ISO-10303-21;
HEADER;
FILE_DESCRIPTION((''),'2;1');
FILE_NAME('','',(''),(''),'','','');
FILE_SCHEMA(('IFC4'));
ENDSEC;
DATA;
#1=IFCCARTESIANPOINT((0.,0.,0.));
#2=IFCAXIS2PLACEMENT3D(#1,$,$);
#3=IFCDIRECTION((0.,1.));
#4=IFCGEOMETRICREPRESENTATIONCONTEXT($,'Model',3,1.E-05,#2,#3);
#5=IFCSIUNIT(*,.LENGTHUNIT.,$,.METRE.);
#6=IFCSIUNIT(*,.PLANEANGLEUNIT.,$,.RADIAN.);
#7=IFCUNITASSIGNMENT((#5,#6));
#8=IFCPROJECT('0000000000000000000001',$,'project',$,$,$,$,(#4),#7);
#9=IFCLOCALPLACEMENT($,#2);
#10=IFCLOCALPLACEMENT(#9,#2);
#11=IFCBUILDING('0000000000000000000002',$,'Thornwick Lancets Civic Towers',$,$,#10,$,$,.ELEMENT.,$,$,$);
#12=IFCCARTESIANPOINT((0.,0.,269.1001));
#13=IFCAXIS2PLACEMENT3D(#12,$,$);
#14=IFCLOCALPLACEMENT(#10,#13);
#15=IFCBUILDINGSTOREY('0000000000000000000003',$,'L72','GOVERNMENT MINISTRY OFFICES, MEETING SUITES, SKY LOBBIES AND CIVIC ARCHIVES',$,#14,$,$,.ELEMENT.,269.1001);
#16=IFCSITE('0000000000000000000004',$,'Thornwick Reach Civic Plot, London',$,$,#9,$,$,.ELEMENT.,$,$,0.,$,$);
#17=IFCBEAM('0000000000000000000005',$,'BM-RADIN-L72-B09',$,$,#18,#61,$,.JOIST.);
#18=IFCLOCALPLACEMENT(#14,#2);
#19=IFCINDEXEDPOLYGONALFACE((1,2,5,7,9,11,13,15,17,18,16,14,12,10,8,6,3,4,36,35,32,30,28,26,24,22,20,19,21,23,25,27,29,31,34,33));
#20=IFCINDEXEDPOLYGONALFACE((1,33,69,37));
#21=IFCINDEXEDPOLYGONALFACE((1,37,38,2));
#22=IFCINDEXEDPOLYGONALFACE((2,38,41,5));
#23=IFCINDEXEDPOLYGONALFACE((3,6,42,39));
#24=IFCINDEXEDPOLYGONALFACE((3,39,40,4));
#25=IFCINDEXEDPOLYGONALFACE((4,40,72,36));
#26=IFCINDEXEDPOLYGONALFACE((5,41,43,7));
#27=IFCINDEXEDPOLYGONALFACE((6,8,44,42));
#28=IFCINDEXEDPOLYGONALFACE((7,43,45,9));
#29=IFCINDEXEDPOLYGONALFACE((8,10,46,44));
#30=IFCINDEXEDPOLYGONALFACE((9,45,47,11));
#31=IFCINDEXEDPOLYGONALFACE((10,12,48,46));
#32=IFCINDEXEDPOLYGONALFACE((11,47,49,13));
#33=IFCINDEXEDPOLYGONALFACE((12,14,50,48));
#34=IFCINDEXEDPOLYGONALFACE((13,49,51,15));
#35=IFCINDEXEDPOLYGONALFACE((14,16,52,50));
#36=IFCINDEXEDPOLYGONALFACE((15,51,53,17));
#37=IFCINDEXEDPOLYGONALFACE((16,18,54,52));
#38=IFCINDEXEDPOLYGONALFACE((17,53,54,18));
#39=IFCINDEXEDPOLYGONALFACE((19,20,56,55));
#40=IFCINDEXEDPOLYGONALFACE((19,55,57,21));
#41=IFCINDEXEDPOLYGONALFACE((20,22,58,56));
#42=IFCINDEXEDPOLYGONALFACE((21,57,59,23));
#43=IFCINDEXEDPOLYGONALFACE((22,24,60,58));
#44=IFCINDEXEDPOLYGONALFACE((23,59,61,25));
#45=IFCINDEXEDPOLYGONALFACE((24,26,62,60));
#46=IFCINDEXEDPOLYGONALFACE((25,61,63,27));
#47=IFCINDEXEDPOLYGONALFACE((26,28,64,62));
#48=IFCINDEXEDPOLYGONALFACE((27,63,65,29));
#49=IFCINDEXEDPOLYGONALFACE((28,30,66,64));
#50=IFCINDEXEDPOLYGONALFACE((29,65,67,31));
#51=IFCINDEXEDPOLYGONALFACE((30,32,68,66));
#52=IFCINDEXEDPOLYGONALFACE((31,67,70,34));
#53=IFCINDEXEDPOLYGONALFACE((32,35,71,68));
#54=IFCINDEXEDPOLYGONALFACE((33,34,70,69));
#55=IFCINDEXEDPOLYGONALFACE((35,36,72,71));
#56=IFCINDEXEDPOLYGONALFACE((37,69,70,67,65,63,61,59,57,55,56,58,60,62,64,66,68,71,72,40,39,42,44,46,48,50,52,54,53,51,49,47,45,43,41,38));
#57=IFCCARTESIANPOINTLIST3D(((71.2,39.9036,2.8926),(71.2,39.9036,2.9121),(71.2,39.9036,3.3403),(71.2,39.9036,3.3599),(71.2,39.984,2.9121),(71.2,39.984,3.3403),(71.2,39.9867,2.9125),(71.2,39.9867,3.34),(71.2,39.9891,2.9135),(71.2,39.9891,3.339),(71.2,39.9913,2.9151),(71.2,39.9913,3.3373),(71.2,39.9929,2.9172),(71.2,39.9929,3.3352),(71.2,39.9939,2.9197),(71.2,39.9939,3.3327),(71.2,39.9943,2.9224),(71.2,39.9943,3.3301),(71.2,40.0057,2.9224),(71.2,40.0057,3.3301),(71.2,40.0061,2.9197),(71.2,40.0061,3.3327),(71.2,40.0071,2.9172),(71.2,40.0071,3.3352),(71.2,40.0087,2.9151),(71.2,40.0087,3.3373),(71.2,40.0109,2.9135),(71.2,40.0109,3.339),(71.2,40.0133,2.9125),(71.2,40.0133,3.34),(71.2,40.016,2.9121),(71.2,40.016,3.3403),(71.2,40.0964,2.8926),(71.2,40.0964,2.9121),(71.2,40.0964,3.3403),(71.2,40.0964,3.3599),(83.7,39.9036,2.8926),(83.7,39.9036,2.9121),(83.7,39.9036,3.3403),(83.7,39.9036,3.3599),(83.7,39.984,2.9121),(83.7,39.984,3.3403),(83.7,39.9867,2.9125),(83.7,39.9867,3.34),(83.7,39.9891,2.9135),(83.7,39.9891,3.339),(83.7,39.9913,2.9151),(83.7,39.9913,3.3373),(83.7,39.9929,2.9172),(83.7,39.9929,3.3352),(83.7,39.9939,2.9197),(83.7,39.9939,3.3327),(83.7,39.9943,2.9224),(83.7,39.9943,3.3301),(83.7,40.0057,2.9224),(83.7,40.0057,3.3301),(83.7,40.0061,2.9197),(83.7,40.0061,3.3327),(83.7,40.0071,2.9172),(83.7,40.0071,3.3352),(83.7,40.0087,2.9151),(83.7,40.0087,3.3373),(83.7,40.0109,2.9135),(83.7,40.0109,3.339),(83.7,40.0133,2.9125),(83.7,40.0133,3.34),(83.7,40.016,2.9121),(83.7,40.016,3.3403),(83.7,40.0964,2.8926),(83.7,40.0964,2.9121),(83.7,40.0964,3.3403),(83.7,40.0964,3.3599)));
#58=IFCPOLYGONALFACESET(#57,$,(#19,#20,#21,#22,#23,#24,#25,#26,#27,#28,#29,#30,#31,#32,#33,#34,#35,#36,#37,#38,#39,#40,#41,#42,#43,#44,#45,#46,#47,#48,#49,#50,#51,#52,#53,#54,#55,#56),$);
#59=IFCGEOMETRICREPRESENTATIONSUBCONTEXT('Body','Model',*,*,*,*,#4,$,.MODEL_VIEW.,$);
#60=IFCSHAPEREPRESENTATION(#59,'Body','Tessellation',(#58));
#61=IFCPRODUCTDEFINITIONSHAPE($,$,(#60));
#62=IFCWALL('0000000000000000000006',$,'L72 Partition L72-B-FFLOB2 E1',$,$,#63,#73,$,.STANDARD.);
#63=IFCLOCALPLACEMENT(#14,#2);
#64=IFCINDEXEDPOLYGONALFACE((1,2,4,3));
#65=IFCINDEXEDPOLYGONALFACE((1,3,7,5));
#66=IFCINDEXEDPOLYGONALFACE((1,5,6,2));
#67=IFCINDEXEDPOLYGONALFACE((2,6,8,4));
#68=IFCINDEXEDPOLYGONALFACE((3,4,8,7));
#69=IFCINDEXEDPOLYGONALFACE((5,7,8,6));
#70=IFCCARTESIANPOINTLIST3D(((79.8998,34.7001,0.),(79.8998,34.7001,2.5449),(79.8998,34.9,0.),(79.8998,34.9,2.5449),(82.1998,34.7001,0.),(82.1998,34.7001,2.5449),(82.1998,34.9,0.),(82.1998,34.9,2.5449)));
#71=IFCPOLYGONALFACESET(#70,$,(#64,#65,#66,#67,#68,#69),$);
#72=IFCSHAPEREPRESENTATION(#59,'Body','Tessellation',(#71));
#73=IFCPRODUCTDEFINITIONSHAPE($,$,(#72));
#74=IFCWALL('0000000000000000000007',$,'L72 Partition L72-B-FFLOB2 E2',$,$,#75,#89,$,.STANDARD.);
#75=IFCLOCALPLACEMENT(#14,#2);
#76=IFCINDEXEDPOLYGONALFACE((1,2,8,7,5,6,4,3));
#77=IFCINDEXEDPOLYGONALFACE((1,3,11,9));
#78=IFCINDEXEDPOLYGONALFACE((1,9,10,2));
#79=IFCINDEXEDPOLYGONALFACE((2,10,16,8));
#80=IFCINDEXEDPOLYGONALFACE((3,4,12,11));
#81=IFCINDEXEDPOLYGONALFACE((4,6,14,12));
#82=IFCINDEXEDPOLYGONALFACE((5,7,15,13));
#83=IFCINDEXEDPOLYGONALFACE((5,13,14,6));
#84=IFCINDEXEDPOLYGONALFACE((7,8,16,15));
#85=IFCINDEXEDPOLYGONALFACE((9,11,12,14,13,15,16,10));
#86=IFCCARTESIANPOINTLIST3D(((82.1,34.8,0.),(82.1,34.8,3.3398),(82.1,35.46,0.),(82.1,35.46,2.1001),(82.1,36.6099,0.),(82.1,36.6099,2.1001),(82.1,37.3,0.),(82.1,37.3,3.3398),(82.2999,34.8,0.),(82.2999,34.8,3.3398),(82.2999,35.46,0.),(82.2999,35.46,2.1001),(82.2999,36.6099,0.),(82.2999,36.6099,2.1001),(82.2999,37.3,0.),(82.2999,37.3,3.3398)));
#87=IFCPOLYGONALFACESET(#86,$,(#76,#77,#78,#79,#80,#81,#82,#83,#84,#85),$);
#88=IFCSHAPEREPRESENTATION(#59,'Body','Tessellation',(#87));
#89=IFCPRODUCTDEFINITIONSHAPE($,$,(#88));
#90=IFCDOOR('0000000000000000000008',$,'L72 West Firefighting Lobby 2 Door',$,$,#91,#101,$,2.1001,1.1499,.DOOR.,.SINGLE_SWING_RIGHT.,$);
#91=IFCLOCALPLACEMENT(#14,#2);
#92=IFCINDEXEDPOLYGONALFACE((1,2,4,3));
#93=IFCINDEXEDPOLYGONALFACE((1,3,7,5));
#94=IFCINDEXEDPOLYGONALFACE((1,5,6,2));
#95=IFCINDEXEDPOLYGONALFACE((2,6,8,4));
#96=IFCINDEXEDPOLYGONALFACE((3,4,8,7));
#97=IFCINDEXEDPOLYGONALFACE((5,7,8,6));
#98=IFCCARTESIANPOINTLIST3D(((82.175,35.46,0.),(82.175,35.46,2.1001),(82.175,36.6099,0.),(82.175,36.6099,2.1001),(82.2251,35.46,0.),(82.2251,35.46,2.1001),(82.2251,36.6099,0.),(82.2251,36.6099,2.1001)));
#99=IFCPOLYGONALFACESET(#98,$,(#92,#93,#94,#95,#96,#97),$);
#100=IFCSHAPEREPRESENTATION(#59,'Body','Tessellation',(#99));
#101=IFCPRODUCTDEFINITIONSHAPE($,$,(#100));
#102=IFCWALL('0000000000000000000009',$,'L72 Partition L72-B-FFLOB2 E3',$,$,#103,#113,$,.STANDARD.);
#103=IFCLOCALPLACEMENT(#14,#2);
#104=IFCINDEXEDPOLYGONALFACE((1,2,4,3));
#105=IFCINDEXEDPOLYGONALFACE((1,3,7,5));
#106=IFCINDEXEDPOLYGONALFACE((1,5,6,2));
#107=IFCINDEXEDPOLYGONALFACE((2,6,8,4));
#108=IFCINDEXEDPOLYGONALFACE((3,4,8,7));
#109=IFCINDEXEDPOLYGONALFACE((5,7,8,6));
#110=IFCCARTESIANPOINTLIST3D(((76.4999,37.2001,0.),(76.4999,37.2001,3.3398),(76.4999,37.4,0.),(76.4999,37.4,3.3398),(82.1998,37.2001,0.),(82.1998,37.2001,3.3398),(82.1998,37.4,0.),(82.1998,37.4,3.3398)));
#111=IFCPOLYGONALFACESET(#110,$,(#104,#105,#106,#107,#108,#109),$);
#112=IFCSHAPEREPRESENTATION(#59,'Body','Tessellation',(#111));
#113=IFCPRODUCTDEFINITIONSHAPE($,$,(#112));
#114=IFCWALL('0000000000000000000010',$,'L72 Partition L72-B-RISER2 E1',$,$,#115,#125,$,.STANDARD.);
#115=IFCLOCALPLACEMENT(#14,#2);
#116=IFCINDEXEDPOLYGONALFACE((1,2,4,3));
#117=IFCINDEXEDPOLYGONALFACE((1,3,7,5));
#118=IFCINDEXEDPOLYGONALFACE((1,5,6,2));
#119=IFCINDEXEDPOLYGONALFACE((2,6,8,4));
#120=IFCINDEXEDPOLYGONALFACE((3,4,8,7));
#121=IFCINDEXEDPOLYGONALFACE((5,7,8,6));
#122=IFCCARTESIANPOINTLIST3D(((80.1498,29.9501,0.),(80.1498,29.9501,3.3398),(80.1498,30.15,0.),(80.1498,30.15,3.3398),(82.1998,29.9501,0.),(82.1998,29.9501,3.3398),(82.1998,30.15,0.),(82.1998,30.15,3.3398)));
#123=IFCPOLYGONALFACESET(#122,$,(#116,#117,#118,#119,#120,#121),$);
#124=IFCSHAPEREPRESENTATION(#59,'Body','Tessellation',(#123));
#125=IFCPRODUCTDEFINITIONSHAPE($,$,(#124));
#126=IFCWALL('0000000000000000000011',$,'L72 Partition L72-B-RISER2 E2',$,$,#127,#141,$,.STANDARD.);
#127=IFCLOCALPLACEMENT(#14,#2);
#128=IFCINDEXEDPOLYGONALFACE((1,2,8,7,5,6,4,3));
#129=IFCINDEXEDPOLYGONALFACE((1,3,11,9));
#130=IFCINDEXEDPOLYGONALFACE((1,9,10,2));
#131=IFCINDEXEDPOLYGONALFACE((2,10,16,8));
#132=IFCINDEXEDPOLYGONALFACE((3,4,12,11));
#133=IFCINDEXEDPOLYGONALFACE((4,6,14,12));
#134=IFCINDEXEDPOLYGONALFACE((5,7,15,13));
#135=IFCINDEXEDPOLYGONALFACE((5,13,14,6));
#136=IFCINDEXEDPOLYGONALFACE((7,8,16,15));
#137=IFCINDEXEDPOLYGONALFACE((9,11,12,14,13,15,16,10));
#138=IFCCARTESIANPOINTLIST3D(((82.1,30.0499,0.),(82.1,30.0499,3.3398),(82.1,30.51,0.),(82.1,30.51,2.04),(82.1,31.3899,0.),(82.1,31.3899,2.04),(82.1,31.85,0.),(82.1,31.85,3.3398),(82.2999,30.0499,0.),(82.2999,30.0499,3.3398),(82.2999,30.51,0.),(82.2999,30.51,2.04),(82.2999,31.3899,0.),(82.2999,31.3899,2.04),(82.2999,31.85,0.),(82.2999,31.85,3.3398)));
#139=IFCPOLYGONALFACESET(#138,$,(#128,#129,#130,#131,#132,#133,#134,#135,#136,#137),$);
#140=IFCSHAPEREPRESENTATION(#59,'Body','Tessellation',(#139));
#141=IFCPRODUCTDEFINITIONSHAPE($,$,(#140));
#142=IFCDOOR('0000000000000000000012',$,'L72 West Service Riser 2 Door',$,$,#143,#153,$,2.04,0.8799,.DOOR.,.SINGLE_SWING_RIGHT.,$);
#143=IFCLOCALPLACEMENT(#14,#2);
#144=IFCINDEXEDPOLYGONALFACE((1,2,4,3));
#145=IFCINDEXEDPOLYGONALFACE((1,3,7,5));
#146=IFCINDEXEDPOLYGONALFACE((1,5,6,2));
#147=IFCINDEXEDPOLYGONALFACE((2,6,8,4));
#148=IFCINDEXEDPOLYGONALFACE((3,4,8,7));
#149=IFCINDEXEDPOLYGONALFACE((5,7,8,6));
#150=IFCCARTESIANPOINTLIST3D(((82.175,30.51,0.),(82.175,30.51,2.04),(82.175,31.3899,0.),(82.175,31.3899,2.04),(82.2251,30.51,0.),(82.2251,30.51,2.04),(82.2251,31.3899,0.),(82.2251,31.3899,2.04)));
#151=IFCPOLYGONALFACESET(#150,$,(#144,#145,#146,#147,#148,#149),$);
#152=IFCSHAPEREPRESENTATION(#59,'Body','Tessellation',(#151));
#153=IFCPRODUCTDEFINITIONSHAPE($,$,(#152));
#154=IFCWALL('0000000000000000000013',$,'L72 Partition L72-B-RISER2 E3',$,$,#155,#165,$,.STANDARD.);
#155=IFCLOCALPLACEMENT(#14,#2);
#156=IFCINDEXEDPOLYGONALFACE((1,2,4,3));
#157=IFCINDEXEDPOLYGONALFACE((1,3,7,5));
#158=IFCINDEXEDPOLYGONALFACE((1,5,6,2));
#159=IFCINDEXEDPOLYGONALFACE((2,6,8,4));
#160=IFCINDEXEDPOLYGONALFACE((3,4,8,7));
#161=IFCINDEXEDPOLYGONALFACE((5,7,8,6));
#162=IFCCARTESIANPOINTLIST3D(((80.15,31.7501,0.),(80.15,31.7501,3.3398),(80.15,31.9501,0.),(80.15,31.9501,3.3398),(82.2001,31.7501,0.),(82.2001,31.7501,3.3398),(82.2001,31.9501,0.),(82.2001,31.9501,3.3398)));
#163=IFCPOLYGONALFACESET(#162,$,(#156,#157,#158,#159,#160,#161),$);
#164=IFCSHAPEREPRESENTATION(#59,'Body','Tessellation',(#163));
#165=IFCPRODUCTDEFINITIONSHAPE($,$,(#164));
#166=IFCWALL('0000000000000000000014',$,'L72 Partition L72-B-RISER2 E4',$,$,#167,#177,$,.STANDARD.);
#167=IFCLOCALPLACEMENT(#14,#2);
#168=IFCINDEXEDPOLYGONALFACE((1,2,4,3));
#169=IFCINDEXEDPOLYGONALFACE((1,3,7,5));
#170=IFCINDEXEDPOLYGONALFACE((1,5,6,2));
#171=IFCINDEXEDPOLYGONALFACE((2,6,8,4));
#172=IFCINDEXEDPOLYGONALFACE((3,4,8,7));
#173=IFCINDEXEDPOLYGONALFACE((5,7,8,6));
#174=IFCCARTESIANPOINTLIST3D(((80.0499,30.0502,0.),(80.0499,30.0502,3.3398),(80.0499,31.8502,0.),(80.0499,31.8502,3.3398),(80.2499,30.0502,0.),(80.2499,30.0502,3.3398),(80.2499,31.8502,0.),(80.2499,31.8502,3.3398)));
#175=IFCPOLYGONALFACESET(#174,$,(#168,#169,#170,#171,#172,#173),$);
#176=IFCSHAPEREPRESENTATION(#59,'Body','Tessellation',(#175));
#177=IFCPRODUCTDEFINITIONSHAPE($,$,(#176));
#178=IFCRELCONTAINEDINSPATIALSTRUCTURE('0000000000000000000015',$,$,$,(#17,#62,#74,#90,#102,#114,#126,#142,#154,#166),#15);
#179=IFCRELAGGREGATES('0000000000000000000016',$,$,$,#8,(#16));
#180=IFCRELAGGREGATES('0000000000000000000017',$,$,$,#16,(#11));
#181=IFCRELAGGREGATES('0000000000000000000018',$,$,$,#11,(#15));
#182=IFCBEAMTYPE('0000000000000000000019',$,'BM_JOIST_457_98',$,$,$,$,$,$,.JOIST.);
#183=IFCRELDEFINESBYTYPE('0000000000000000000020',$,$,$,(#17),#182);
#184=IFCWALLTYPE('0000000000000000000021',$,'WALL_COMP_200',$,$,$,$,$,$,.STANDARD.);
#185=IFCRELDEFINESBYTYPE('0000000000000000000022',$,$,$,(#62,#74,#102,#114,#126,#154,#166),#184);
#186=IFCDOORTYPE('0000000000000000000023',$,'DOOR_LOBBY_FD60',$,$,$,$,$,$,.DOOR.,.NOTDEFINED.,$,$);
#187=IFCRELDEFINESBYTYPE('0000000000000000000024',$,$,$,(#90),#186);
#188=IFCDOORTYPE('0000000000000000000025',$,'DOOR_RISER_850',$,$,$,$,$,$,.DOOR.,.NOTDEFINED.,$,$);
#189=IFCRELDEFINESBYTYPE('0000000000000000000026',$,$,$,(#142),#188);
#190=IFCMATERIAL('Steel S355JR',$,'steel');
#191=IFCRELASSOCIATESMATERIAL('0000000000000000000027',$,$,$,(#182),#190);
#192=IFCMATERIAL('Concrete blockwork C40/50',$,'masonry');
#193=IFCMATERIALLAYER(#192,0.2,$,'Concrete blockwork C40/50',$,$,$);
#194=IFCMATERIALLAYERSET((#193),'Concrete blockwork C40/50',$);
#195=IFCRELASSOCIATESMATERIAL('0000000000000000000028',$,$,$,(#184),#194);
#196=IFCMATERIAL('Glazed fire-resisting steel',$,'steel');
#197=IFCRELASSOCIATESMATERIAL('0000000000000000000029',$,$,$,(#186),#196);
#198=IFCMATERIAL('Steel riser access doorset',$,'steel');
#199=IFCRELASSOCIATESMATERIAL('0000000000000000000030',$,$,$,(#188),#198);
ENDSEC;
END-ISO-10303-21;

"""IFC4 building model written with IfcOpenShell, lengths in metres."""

from ifc_helpers import new_model, si_unit, direction, frame, frame_2d, origin, origin_2d, place, context, subcontext, project, spatial, rectangle, i_section, extrude, material, layer, layer_set, material_profile, profile_set, type_object, element, fill, save


model = new_model("IFC4")

# Units and contexts
model_context = context("Model", 3, precision=1e-05, world=origin(), true_north=direction((0.0, 1.0)))
body_context = subcontext(model_context, "Body", "Model", "MODEL_VIEW")
ifc_project = project(units=[si_unit("LENGTHUNIT", "METRE"), si_unit("PLANEANGLEUNIT", "RADIAN")], contexts=[model_context])

# Site, building, storey
site_placement = place(None, origin())
site = spatial("IfcSite", under=ifc_project, at=site_placement, Name="Thornwick Reach Civic Plot, London", CompositionType="ELEMENT", RefElevation=0.0)
building_placement = place(site_placement, origin())
building = spatial("IfcBuilding", under=site, at=building_placement, Name="Thornwick Lancets Civic Towers", CompositionType="ELEMENT")
storey_placement = place(building_placement, frame((0.0, 0.0, 269.1001)))
storey = spatial("IfcBuildingStorey", under=building, at=storey_placement, Name="L72", Description="GOVERNMENT MINISTRY OFFICES, MEETING SUITES, SKY LOBBIES AND CIVIC ARCHIVES", CompositionType="ELEMENT", Elevation=269.1001)

# Beam
ifc_material_1 = material(Name="Steel S355JR", Category="steel")
ifc_material_profile_1 = material_profile(ifc_material_1, i_section(OverallWidth=0.1929, OverallDepth=0.4673, WebThickness=0.0115, FlangeThickness=0.0195, FilletRadius=0.0103, at=origin_2d()), Name="UKB 457x191x98")
ifc_profile_set_1 = profile_set([ifc_material_profile_1], Name="Steel S355JR")
beam_type_1 = type_object("IfcBeamType", Name="BM_JOIST_457_98", PredefinedType="JOIST", material=ifc_profile_set_1)
beam_1_placement = place(storey_placement, frame((83.7, 40.0, 3.1262), z_axis=(-1.0, 0.0, 0.0), x_axis=(0.0, -1.0, 0.0)))
element("IfcBeam", 1, at=beam_1_placement, inside=storey, type_object=beam_type_1, Name="BM-RADIN-L72-B09", PredefinedType="JOIST", context=body_context, shape_type="SweptSolid", body=[
    extrude(i_section(OverallWidth=0.1929, OverallDepth=0.4673, WebThickness=0.0115, FlangeThickness=0.0195, FilletRadius=0.0103, at=origin_2d()), origin(), (0.0, 0.0, 1.0), 12.5),
])

# Wall
ifc_material_2 = material(Name="Concrete blockwork C40/50", Category="masonry")
ifc_layer_1 = layer(ifc_material_2, 0.2, Name="Concrete blockwork C40/50")
ifc_layer_set_1 = layer_set([ifc_layer_1], Name="Concrete blockwork C40/50")
wall_type_1 = type_object("IfcWallType", Name="WALL_COMP_200", PredefinedType="STANDARD", material=ifc_layer_set_1)
wall_1_placement = place(storey_placement, frame((79.8999, 34.8, 0.0), z_axis=(0.0, 0.0, 1.0), x_axis=(1.0, 0.0, 0.0)))
element("IfcWall", 2, at=wall_1_placement, inside=storey, type_object=wall_type_1, Name="L72 Partition L72-B-FFLOB2 E1", PredefinedType="STANDARD", context=body_context, shape_type="SweptSolid", body=[
    extrude(rectangle(XDim=2.3, YDim=0.2, at=frame_2d((1.1499, 0.0))), origin(), (0.0, 0.0, 1.0), 2.5449),
])

# Wall, opening, door
wall_2_placement = place(storey_placement, frame((82.2, 34.8, 0.0), z_axis=(0.0, 0.0, 1.0), x_axis=(0.0, 1.0, 0.0)))
wall_2 = element("IfcWall", 3, at=wall_2_placement, inside=storey, type_object=wall_type_1, Name="L72 Partition L72-B-FFLOB2 E2", PredefinedType="STANDARD", context=body_context, shape_type="SweptSolid", body=[
    extrude(rectangle(XDim=2.5, YDim=0.2, at=frame_2d((1.25, 0.0))), origin(), (0.0, 0.0, 1.0), 3.3398),
])
opening_1_placement = place(wall_2_placement, frame((0.6599, 0.0, 0.0)))
opening_1 = element("IfcOpeningElement", 4, at=opening_1_placement, cuts=wall_2, PredefinedType="OPENING", context=body_context, shape_type="SweptSolid", body=[
    extrude(rectangle(XDim=1.1499, YDim=2.1001, at=frame_2d((0.575, 1.05))), frame((0.0, 0.1099, 0.0), z_axis=(0.0, -1.0, 0.0), x_axis=(1.0, 0.0, 0.0)), (0.0, 0.0, 1.0), 0.22),
])
ifc_material_3 = material(Name="Glazed fire-resisting steel", Category="steel")
door_type_1 = type_object("IfcDoorType", Name="DOOR_LOBBY_FD60", OperationType="NOTDEFINED", PredefinedType="DOOR", material=ifc_material_3)
door_1_placement = place(opening_1_placement, origin())
door_1 = element("IfcDoor", 5, at=door_1_placement, inside=storey, type_object=door_type_1, Name="L72 West Firefighting Lobby 2 Door", OperationType="SINGLE_SWING_RIGHT", OverallHeight=2.1001, OverallWidth=1.1499, PredefinedType="DOOR", context=body_context, shape_type="SweptSolid", body=[
    extrude(rectangle(XDim=1.1499, YDim=2.1001, at=frame_2d((0.575, 1.05))), frame((0.0, 0.0249, 0.0), z_axis=(0.0, -1.0, 0.0), x_axis=(1.0, 0.0, 0.0)), (0.0, 0.0, 1.0), 0.05),
])
fill(opening_1, door_1)

# Walls
wall_3_placement = place(storey_placement, frame((82.2, 37.3, 0.0), z_axis=(0.0, 0.0, 1.0), x_axis=(-1.0, 0.0, 0.0)))
element("IfcWall", 6, at=wall_3_placement, inside=storey, type_object=wall_type_1, Name="L72 Partition L72-B-FFLOB2 E3", PredefinedType="STANDARD", context=body_context, shape_type="SweptSolid", body=[
    extrude(rectangle(XDim=5.7, YDim=0.2, at=frame_2d((2.8501, 0.0))), origin(), (0.0, 0.0, 1.0), 3.3398),
])
wall_4_placement = place(storey_placement, frame((80.1499, 30.05, 0.0), z_axis=(0.0, 0.0, 1.0), x_axis=(1.0, 0.0, 0.0)))
element("IfcWall", 7, at=wall_4_placement, inside=storey, type_object=wall_type_1, Name="L72 Partition L72-B-RISER2 E1", PredefinedType="STANDARD", context=body_context, shape_type="SweptSolid", body=[
    extrude(rectangle(XDim=2.05, YDim=0.2, at=frame_2d((1.0249, 0.0))), origin(), (0.0, 0.0, 1.0), 3.3398),
])

# Wall, opening, door
wall_5_placement = place(storey_placement, frame((82.2, 30.05, 0.0), z_axis=(0.0, 0.0, 1.0), x_axis=(0.0, 1.0, 0.0)))
wall_5 = element("IfcWall", 8, at=wall_5_placement, inside=storey, type_object=wall_type_1, Name="L72 Partition L72-B-RISER2 E2", PredefinedType="STANDARD", context=body_context, shape_type="SweptSolid", body=[
    extrude(rectangle(XDim=1.8, YDim=0.2, at=frame_2d((0.8999, 0.0))), origin(), (0.0, 0.0, 1.0), 3.3398),
])
opening_2_placement = place(wall_5_placement, frame((0.46, 0.0, 0.0)))
opening_2 = element("IfcOpeningElement", 9, at=opening_2_placement, cuts=wall_5, PredefinedType="OPENING", context=body_context, shape_type="SweptSolid", body=[
    extrude(rectangle(XDim=0.8799, YDim=2.04, at=frame_2d((0.4399, 1.02))), frame((0.0, 0.1099, 0.0), z_axis=(0.0, -1.0, 0.0), x_axis=(1.0, 0.0, 0.0)), (0.0, 0.0, 1.0), 0.22),
])
ifc_material_4 = material(Name="Steel riser access doorset", Category="steel")
door_type_2 = type_object("IfcDoorType", Name="DOOR_RISER_850", OperationType="NOTDEFINED", PredefinedType="DOOR", material=ifc_material_4)
door_2_placement = place(opening_2_placement, origin())
door_2 = element("IfcDoor", 10, at=door_2_placement, inside=storey, type_object=door_type_2, Name="L72 West Service Riser 2 Door", OperationType="SINGLE_SWING_RIGHT", OverallHeight=2.04, OverallWidth=0.8799, PredefinedType="DOOR", context=body_context, shape_type="SweptSolid", body=[
    extrude(rectangle(XDim=0.8799, YDim=2.04, at=frame_2d((0.4399, 1.02))), frame((0.0, 0.0249, 0.0), z_axis=(0.0, -1.0, 0.0), x_axis=(1.0, 0.0, 0.0)), (0.0, 0.0, 1.0), 0.05),
])
fill(opening_2, door_2)

# Walls
wall_6_placement = place(storey_placement, frame((82.2, 31.8501, 0.0), z_axis=(0.0, 0.0, 1.0), x_axis=(-1.0, 0.0, 0.0)))
element("IfcWall", 11, at=wall_6_placement, inside=storey, type_object=wall_type_1, Name="L72 Partition L72-B-RISER2 E3", PredefinedType="STANDARD", context=body_context, shape_type="SweptSolid", body=[
    extrude(rectangle(XDim=2.05, YDim=0.2, at=frame_2d((1.0249, 0.0))), origin(), (0.0, 0.0, 1.0), 3.3398),
])
wall_7_placement = place(storey_placement, frame((80.1499, 31.8501, 0.0), z_axis=(0.0, 0.0, 1.0), x_axis=(0.0, -1.0, 0.0)))
element("IfcWall", 12, at=wall_7_placement, inside=storey, type_object=wall_type_1, Name="L72 Partition L72-B-RISER2 E4", PredefinedType="STANDARD", context=body_context, shape_type="SweptSolid", body=[
    extrude(rectangle(XDim=1.8, YDim=0.2, at=frame_2d((0.8999, 0.0))), origin(), (0.0, 0.0, 1.0), 3.3398),
])

save(model, "model.ifc")
